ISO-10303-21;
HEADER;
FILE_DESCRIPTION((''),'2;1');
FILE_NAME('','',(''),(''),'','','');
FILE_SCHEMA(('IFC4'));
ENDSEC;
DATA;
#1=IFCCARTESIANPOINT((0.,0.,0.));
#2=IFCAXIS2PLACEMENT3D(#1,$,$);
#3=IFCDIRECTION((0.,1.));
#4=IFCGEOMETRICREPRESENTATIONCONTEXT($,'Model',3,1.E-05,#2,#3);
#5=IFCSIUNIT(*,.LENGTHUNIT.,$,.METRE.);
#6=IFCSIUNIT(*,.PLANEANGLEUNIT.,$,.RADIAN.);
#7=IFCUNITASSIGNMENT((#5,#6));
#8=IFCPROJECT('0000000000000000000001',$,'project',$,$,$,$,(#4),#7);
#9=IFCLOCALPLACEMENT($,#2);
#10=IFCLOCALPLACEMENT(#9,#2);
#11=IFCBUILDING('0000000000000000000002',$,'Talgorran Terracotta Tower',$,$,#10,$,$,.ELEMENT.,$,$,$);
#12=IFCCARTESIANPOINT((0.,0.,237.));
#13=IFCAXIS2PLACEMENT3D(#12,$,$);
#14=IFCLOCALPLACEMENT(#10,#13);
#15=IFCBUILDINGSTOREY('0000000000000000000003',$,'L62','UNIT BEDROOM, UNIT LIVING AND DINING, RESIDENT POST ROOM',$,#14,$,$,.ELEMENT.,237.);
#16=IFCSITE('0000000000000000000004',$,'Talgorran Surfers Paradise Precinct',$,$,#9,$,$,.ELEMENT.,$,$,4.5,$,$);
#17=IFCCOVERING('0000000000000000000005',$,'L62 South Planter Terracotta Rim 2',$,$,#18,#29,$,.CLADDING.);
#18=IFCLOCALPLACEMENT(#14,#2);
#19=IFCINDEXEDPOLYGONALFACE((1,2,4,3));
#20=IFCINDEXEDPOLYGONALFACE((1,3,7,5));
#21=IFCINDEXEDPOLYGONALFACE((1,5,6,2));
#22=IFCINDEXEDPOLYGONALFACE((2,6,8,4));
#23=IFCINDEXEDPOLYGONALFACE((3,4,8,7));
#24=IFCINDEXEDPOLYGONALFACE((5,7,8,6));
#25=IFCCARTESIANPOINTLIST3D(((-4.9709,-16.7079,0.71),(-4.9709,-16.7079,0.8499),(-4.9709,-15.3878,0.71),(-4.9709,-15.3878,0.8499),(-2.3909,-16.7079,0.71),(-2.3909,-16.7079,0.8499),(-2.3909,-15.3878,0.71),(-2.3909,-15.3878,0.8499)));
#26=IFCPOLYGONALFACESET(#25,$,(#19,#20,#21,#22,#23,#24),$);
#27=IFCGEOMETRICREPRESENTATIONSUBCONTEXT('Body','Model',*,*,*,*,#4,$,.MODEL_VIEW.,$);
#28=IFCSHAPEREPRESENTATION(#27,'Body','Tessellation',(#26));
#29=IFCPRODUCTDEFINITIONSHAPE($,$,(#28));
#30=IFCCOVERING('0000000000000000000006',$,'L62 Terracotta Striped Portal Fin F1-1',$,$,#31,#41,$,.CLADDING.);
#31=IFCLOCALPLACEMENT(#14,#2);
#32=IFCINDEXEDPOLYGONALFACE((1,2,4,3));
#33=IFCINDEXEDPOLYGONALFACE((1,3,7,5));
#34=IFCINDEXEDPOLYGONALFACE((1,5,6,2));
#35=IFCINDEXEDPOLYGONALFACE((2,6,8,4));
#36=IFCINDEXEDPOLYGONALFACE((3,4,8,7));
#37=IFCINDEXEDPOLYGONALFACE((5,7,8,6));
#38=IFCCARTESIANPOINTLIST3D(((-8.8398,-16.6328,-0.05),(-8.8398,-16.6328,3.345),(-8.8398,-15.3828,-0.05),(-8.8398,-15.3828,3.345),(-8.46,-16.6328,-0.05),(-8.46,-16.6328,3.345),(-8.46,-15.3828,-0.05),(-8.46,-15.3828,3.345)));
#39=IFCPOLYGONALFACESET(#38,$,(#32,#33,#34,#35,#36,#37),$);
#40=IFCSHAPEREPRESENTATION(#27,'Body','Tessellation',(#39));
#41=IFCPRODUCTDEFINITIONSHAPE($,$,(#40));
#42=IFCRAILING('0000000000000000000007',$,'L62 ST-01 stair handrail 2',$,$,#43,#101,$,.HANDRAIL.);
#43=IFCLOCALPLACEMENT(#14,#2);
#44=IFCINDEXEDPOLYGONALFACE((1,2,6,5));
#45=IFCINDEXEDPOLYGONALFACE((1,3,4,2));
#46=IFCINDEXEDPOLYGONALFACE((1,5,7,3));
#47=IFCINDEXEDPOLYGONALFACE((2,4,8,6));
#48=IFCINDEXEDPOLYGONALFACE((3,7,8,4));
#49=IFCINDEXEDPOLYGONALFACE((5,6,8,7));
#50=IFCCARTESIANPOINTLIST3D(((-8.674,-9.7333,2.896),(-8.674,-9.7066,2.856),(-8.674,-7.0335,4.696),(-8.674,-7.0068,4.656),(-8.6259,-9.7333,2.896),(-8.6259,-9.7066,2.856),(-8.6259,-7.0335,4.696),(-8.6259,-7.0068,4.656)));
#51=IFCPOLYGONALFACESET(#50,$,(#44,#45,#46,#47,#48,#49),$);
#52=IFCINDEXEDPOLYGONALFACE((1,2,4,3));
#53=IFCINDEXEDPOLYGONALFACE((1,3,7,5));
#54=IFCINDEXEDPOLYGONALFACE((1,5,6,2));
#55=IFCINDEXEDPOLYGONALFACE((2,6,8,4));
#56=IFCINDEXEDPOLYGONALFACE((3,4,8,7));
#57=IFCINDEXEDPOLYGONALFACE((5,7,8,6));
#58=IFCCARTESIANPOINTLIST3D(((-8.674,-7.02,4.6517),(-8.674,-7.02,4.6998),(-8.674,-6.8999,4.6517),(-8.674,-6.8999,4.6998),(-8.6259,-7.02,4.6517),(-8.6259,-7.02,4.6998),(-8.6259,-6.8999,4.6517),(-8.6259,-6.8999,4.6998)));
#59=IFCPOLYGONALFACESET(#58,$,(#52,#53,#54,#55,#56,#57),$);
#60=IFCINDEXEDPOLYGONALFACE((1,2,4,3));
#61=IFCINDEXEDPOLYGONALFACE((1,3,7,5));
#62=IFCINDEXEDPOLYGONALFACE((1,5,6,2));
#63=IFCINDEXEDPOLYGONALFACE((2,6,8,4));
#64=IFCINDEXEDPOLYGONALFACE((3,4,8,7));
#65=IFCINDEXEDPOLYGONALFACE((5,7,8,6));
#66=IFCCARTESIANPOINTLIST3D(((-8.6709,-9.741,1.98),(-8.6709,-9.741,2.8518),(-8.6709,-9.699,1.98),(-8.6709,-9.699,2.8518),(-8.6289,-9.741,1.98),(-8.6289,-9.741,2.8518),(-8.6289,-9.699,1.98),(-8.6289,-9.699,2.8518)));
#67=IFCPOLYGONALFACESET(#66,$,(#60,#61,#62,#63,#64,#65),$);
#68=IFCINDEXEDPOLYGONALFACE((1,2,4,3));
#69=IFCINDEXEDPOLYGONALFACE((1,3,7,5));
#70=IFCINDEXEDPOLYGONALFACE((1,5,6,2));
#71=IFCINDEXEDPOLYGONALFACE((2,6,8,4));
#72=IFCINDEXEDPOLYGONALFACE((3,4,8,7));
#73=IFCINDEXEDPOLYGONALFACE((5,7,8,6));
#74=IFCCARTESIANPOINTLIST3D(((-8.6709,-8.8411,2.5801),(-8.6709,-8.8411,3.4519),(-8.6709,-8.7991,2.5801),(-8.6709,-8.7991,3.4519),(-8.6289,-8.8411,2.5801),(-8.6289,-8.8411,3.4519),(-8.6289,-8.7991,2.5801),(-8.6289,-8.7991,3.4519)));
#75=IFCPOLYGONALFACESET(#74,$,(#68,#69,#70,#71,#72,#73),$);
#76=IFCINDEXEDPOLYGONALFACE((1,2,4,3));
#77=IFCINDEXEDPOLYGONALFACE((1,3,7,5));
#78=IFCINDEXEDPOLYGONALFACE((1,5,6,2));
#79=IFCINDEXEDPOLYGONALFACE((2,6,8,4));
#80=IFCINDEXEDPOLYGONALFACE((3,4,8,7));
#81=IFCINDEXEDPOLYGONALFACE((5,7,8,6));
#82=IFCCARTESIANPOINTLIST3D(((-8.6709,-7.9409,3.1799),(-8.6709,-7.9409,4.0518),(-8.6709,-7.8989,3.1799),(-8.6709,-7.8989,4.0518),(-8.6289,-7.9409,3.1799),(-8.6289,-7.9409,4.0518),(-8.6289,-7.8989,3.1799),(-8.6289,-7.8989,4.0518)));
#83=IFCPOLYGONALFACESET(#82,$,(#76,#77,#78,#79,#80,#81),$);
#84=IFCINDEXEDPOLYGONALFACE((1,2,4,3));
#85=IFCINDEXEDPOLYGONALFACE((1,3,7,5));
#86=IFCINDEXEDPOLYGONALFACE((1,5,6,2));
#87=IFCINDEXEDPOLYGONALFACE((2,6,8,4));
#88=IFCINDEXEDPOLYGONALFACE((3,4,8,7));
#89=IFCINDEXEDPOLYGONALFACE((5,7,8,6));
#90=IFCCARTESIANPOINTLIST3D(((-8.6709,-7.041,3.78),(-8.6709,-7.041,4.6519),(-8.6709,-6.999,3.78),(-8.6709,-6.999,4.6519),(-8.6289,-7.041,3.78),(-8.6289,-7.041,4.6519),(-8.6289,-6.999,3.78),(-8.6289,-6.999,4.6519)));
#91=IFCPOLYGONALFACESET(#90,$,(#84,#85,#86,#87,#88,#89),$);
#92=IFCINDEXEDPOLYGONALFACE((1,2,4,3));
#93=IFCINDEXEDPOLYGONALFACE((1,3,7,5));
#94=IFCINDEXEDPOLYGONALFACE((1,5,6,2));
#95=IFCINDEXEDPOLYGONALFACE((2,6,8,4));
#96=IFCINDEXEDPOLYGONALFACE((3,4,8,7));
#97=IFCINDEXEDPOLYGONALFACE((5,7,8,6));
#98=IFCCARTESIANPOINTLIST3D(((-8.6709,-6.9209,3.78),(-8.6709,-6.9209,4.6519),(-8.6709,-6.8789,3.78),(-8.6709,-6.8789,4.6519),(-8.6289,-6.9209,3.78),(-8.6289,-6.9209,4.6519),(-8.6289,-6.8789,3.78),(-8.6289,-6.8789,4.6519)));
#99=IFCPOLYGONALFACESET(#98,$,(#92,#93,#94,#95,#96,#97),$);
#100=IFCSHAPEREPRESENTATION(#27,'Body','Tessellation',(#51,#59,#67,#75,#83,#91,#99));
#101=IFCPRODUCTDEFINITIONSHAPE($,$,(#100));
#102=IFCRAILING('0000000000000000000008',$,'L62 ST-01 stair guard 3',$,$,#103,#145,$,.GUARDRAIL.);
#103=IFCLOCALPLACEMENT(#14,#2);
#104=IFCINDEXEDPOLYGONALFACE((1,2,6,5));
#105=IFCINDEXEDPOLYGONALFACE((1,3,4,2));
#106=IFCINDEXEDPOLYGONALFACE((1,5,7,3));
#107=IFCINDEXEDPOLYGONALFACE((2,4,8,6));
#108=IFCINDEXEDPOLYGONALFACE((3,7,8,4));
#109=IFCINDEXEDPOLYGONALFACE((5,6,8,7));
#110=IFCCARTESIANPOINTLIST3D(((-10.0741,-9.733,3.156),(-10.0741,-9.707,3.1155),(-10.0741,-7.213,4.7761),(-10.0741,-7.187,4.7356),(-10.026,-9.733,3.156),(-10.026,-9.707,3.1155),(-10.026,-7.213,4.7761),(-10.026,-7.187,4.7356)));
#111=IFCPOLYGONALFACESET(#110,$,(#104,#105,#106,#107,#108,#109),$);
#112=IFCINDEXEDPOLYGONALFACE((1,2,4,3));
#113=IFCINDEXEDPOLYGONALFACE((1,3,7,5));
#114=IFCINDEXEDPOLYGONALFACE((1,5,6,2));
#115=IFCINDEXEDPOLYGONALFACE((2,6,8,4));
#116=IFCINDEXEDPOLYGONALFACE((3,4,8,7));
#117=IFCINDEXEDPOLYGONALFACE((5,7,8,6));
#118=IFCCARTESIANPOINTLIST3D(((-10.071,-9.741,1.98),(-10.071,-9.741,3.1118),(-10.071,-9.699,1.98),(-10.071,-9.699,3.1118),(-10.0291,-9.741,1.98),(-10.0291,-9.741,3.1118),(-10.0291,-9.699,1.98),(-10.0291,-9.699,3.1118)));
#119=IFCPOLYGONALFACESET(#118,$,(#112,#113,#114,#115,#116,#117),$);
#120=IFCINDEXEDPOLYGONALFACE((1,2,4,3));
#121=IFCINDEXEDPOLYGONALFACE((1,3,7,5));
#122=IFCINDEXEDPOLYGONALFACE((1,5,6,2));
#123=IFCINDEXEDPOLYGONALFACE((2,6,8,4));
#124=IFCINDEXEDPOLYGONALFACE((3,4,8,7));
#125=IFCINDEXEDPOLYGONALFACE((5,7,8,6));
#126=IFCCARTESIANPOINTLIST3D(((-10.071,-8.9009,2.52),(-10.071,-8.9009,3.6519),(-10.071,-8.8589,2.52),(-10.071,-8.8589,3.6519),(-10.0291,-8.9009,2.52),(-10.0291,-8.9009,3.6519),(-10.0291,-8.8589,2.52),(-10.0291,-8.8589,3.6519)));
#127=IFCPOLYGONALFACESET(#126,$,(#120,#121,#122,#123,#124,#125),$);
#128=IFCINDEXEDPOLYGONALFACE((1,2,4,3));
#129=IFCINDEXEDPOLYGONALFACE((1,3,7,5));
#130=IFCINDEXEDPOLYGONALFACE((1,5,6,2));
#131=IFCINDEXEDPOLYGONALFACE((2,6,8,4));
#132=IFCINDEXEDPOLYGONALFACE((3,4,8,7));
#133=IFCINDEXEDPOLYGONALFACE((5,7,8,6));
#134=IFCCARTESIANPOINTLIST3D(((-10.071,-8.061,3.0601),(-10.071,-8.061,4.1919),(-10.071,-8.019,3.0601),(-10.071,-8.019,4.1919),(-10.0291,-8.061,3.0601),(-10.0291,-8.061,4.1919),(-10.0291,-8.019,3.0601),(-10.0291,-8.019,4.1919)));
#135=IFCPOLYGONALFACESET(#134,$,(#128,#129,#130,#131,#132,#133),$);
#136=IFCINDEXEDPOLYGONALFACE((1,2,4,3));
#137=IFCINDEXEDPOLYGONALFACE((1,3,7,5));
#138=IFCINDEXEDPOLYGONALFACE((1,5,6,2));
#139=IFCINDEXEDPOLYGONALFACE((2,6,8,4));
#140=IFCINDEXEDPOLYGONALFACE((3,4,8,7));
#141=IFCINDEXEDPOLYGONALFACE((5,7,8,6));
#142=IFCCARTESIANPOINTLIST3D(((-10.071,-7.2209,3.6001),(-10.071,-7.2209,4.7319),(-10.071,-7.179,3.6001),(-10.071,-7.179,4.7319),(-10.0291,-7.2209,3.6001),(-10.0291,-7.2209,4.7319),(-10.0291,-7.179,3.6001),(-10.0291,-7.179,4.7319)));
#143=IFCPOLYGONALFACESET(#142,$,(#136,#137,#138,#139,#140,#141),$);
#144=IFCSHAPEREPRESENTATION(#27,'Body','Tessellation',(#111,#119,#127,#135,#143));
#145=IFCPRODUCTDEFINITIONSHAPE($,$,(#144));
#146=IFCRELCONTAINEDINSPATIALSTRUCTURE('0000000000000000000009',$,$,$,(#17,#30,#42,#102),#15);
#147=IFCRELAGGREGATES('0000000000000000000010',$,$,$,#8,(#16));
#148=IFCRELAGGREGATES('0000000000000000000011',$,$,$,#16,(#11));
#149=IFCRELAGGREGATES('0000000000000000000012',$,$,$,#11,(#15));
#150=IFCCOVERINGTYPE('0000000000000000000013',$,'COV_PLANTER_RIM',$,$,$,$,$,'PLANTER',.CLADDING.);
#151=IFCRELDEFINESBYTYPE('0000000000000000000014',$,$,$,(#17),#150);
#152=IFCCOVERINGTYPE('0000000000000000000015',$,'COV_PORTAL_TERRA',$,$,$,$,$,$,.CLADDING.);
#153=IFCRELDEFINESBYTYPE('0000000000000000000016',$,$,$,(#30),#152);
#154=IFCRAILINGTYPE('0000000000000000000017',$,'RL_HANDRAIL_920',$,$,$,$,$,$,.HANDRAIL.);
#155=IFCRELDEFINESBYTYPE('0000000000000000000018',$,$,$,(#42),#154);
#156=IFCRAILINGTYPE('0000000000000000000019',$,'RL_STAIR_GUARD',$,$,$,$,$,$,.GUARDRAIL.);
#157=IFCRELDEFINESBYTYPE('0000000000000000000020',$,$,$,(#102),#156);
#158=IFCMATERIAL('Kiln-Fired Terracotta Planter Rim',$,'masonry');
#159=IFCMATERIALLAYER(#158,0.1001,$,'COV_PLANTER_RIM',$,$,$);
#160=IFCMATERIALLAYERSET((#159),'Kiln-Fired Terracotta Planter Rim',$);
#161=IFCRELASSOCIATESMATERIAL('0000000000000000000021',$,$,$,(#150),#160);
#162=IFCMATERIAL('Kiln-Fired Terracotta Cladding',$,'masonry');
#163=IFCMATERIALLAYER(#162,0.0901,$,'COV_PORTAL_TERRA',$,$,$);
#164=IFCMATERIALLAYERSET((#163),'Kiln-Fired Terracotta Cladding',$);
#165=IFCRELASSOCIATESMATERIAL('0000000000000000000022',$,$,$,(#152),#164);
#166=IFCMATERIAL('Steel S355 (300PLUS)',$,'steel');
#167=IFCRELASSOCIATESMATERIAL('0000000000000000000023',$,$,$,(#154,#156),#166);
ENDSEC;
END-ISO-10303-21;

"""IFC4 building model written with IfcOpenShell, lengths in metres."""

from ifc_helpers import new_model, si_unit, direction, frame, origin, origin_2d, place, context, subcontext, project, spatial, rectangle, extrude, material, layer, layer_set, type_object, element, save


model = new_model("IFC4")

# Units and contexts
model_context = context("Model", 3, precision=1e-05, world=origin(), true_north=direction((0.0, 1.0)))
body_context = subcontext(model_context, "Body", "Model", "MODEL_VIEW")
ifc_project = project(units=[si_unit("LENGTHUNIT", "METRE"), si_unit("PLANEANGLEUNIT", "RADIAN")], contexts=[model_context])

# Site, building, storey
site_placement = place(None, origin())
site = spatial("IfcSite", under=ifc_project, at=site_placement, Name="Talgorran Surfers Paradise Precinct", CompositionType="ELEMENT", RefElevation=4.5)
building_placement = place(site_placement, origin())
building = spatial("IfcBuilding", under=site, at=building_placement, Name="Talgorran Terracotta Tower", CompositionType="ELEMENT")
storey_placement = place(building_placement, frame((0.0, 0.0, 237.0)))
storey = spatial("IfcBuildingStorey", under=building, at=storey_placement, Name="L62", Description="UNIT BEDROOM, UNIT LIVING AND DINING, RESIDENT POST ROOM", CompositionType="ELEMENT", Elevation=237.0)

# Shared definitions
ifc_material_1 = material(Name="Steel S355 (300PLUS)", Category="steel")

# Coverings
ifc_material_2 = material(Name="Kiln-Fired Terracotta Planter Rim", Category="masonry")
ifc_layer_1 = layer(ifc_material_2, 0.1001, Name="COV_PLANTER_RIM")
ifc_layer_set_1 = layer_set([ifc_layer_1], Name="Kiln-Fired Terracotta Planter Rim")
covering_type_1 = type_object("IfcCoveringType", Name="COV_PLANTER_RIM", ElementType="PLANTER", PredefinedType="CLADDING", material=ifc_layer_set_1)
covering_1_placement = place(storey_placement, frame((-3.6809, -16.0479, 0.71), z_axis=(0.0, 0.0, 1.0), x_axis=(1.0, 0.0, 0.0)))
element("IfcCovering", 1, at=covering_1_placement, inside=storey, type_object=covering_type_1, Name="L62 South Planter Terracotta Rim 2", PredefinedType="CLADDING", context=body_context, shape_type="SweptSolid", body=[
    extrude(rectangle(XDim=2.5801, YDim=1.3201, at=origin_2d()), origin(), (0.0, 0.0, 1.0), 0.1399),
])
ifc_material_3 = material(Name="Kiln-Fired Terracotta Cladding", Category="masonry")
ifc_layer_2 = layer(ifc_material_3, 0.0901, Name="COV_PORTAL_TERRA")
ifc_layer_set_2 = layer_set([ifc_layer_2], Name="Kiln-Fired Terracotta Cladding")
covering_type_2 = type_object("IfcCoveringType", Name="COV_PORTAL_TERRA", PredefinedType="CLADDING", material=ifc_layer_set_2)
covering_2_placement = place(storey_placement, frame((-8.6499, -16.0078, -0.05), z_axis=(0.0, 0.0, 1.0), x_axis=(1.0, 0.0, 0.0)))
element("IfcCovering", 2, at=covering_2_placement, inside=storey, type_object=covering_type_2, Name="L62 Terracotta Striped Portal Fin F1-1", PredefinedType="CLADDING", context=body_context, shape_type="SweptSolid", body=[
    extrude(rectangle(XDim=0.3799, YDim=1.25, at=origin_2d()), origin(), (0.0, 0.0, 1.0), 3.395),
])

# Railings
railing_type_1 = type_object("IfcRailingType", Name="RL_HANDRAIL_920", PredefinedType="HANDRAIL", material=ifc_material_1)
railing_1_placement = place(storey_placement, frame((-8.6499, -9.72, 1.98)))
element("IfcRailing", 3, at=railing_1_placement, inside=storey, type_object=railing_type_1, Name="L62 ST-01 stair handrail 2", PredefinedType="HANDRAIL", context=body_context, shape_type="SweptSolid", body=[
    extrude(rectangle(XDim=0.0481, YDim=0.0481, at=origin_2d()), frame((0.0, 0.0, 0.896), z_axis=(0.0, 0.832039, 0.554718), x_axis=(-1.0, 0.0, 0.0)), (0.0, 0.0, 1.0), 3.2449),
    extrude(rectangle(XDim=0.0481, YDim=0.0481, at=origin_2d()), frame((0.0, 2.7, 2.6958), z_axis=(0.0, 1.0, 0.0), x_axis=(-1.0, 0.0, 0.0)), (0.0, 0.0, 1.0), 0.1201),
    extrude(rectangle(XDim=0.042, YDim=0.042, at=origin_2d()), origin(), (0.0, 0.0, 1.0), 0.8718),
    extrude(rectangle(XDim=0.042, YDim=0.042, at=origin_2d()), frame((0.0, 0.8999, 0.6001)), (0.0, 0.0, 1.0), 0.8718),
    extrude(rectangle(XDim=0.042, YDim=0.042, at=origin_2d()), frame((0.0, 1.8, 1.2)), (0.0, 0.0, 1.0), 0.8718),
    extrude(rectangle(XDim=0.042, YDim=0.042, at=origin_2d()), frame((0.0, 2.7, 1.8)), (0.0, 0.0, 1.0), 0.8718),
    extrude(rectangle(XDim=0.042, YDim=0.042, at=origin_2d()), frame((0.0, 2.8201, 1.8)), (0.0, 0.0, 1.0), 0.8718),
])
railing_type_2 = type_object("IfcRailingType", Name="RL_STAIR_GUARD", PredefinedType="GUARDRAIL", material=ifc_material_1)
railing_2_placement = place(storey_placement, frame((-10.05, -9.72, 1.98)))
element("IfcRailing", 4, at=railing_2_placement, inside=storey, type_object=railing_type_2, Name="L62 ST-01 stair guard 3", PredefinedType="GUARDRAIL", context=body_context, shape_type="SweptSolid", body=[
    extrude(rectangle(XDim=0.0481, YDim=0.0481, at=origin_2d()), frame((0.0, 0.0, 1.1558), z_axis=(0.0, 0.841163, 0.540782), x_axis=(-1.0, 0.0, 0.0)), (0.0, 0.0, 1.0), 2.9958),
    extrude(rectangle(XDim=0.042, YDim=0.042, at=origin_2d()), origin(), (0.0, 0.0, 1.0), 1.1318),
    extrude(rectangle(XDim=0.042, YDim=0.042, at=origin_2d()), frame((0.0, 0.8401, 0.54)), (0.0, 0.0, 1.0), 1.1318),
    extrude(rectangle(XDim=0.042, YDim=0.042, at=origin_2d()), frame((0.0, 1.6799, 1.0801)), (0.0, 0.0, 1.0), 1.1318),
    extrude(rectangle(XDim=0.042, YDim=0.042, at=origin_2d()), frame((0.0, 2.52, 1.6201)), (0.0, 0.0, 1.0), 1.1318),
])

save(model, "model.ifc")
